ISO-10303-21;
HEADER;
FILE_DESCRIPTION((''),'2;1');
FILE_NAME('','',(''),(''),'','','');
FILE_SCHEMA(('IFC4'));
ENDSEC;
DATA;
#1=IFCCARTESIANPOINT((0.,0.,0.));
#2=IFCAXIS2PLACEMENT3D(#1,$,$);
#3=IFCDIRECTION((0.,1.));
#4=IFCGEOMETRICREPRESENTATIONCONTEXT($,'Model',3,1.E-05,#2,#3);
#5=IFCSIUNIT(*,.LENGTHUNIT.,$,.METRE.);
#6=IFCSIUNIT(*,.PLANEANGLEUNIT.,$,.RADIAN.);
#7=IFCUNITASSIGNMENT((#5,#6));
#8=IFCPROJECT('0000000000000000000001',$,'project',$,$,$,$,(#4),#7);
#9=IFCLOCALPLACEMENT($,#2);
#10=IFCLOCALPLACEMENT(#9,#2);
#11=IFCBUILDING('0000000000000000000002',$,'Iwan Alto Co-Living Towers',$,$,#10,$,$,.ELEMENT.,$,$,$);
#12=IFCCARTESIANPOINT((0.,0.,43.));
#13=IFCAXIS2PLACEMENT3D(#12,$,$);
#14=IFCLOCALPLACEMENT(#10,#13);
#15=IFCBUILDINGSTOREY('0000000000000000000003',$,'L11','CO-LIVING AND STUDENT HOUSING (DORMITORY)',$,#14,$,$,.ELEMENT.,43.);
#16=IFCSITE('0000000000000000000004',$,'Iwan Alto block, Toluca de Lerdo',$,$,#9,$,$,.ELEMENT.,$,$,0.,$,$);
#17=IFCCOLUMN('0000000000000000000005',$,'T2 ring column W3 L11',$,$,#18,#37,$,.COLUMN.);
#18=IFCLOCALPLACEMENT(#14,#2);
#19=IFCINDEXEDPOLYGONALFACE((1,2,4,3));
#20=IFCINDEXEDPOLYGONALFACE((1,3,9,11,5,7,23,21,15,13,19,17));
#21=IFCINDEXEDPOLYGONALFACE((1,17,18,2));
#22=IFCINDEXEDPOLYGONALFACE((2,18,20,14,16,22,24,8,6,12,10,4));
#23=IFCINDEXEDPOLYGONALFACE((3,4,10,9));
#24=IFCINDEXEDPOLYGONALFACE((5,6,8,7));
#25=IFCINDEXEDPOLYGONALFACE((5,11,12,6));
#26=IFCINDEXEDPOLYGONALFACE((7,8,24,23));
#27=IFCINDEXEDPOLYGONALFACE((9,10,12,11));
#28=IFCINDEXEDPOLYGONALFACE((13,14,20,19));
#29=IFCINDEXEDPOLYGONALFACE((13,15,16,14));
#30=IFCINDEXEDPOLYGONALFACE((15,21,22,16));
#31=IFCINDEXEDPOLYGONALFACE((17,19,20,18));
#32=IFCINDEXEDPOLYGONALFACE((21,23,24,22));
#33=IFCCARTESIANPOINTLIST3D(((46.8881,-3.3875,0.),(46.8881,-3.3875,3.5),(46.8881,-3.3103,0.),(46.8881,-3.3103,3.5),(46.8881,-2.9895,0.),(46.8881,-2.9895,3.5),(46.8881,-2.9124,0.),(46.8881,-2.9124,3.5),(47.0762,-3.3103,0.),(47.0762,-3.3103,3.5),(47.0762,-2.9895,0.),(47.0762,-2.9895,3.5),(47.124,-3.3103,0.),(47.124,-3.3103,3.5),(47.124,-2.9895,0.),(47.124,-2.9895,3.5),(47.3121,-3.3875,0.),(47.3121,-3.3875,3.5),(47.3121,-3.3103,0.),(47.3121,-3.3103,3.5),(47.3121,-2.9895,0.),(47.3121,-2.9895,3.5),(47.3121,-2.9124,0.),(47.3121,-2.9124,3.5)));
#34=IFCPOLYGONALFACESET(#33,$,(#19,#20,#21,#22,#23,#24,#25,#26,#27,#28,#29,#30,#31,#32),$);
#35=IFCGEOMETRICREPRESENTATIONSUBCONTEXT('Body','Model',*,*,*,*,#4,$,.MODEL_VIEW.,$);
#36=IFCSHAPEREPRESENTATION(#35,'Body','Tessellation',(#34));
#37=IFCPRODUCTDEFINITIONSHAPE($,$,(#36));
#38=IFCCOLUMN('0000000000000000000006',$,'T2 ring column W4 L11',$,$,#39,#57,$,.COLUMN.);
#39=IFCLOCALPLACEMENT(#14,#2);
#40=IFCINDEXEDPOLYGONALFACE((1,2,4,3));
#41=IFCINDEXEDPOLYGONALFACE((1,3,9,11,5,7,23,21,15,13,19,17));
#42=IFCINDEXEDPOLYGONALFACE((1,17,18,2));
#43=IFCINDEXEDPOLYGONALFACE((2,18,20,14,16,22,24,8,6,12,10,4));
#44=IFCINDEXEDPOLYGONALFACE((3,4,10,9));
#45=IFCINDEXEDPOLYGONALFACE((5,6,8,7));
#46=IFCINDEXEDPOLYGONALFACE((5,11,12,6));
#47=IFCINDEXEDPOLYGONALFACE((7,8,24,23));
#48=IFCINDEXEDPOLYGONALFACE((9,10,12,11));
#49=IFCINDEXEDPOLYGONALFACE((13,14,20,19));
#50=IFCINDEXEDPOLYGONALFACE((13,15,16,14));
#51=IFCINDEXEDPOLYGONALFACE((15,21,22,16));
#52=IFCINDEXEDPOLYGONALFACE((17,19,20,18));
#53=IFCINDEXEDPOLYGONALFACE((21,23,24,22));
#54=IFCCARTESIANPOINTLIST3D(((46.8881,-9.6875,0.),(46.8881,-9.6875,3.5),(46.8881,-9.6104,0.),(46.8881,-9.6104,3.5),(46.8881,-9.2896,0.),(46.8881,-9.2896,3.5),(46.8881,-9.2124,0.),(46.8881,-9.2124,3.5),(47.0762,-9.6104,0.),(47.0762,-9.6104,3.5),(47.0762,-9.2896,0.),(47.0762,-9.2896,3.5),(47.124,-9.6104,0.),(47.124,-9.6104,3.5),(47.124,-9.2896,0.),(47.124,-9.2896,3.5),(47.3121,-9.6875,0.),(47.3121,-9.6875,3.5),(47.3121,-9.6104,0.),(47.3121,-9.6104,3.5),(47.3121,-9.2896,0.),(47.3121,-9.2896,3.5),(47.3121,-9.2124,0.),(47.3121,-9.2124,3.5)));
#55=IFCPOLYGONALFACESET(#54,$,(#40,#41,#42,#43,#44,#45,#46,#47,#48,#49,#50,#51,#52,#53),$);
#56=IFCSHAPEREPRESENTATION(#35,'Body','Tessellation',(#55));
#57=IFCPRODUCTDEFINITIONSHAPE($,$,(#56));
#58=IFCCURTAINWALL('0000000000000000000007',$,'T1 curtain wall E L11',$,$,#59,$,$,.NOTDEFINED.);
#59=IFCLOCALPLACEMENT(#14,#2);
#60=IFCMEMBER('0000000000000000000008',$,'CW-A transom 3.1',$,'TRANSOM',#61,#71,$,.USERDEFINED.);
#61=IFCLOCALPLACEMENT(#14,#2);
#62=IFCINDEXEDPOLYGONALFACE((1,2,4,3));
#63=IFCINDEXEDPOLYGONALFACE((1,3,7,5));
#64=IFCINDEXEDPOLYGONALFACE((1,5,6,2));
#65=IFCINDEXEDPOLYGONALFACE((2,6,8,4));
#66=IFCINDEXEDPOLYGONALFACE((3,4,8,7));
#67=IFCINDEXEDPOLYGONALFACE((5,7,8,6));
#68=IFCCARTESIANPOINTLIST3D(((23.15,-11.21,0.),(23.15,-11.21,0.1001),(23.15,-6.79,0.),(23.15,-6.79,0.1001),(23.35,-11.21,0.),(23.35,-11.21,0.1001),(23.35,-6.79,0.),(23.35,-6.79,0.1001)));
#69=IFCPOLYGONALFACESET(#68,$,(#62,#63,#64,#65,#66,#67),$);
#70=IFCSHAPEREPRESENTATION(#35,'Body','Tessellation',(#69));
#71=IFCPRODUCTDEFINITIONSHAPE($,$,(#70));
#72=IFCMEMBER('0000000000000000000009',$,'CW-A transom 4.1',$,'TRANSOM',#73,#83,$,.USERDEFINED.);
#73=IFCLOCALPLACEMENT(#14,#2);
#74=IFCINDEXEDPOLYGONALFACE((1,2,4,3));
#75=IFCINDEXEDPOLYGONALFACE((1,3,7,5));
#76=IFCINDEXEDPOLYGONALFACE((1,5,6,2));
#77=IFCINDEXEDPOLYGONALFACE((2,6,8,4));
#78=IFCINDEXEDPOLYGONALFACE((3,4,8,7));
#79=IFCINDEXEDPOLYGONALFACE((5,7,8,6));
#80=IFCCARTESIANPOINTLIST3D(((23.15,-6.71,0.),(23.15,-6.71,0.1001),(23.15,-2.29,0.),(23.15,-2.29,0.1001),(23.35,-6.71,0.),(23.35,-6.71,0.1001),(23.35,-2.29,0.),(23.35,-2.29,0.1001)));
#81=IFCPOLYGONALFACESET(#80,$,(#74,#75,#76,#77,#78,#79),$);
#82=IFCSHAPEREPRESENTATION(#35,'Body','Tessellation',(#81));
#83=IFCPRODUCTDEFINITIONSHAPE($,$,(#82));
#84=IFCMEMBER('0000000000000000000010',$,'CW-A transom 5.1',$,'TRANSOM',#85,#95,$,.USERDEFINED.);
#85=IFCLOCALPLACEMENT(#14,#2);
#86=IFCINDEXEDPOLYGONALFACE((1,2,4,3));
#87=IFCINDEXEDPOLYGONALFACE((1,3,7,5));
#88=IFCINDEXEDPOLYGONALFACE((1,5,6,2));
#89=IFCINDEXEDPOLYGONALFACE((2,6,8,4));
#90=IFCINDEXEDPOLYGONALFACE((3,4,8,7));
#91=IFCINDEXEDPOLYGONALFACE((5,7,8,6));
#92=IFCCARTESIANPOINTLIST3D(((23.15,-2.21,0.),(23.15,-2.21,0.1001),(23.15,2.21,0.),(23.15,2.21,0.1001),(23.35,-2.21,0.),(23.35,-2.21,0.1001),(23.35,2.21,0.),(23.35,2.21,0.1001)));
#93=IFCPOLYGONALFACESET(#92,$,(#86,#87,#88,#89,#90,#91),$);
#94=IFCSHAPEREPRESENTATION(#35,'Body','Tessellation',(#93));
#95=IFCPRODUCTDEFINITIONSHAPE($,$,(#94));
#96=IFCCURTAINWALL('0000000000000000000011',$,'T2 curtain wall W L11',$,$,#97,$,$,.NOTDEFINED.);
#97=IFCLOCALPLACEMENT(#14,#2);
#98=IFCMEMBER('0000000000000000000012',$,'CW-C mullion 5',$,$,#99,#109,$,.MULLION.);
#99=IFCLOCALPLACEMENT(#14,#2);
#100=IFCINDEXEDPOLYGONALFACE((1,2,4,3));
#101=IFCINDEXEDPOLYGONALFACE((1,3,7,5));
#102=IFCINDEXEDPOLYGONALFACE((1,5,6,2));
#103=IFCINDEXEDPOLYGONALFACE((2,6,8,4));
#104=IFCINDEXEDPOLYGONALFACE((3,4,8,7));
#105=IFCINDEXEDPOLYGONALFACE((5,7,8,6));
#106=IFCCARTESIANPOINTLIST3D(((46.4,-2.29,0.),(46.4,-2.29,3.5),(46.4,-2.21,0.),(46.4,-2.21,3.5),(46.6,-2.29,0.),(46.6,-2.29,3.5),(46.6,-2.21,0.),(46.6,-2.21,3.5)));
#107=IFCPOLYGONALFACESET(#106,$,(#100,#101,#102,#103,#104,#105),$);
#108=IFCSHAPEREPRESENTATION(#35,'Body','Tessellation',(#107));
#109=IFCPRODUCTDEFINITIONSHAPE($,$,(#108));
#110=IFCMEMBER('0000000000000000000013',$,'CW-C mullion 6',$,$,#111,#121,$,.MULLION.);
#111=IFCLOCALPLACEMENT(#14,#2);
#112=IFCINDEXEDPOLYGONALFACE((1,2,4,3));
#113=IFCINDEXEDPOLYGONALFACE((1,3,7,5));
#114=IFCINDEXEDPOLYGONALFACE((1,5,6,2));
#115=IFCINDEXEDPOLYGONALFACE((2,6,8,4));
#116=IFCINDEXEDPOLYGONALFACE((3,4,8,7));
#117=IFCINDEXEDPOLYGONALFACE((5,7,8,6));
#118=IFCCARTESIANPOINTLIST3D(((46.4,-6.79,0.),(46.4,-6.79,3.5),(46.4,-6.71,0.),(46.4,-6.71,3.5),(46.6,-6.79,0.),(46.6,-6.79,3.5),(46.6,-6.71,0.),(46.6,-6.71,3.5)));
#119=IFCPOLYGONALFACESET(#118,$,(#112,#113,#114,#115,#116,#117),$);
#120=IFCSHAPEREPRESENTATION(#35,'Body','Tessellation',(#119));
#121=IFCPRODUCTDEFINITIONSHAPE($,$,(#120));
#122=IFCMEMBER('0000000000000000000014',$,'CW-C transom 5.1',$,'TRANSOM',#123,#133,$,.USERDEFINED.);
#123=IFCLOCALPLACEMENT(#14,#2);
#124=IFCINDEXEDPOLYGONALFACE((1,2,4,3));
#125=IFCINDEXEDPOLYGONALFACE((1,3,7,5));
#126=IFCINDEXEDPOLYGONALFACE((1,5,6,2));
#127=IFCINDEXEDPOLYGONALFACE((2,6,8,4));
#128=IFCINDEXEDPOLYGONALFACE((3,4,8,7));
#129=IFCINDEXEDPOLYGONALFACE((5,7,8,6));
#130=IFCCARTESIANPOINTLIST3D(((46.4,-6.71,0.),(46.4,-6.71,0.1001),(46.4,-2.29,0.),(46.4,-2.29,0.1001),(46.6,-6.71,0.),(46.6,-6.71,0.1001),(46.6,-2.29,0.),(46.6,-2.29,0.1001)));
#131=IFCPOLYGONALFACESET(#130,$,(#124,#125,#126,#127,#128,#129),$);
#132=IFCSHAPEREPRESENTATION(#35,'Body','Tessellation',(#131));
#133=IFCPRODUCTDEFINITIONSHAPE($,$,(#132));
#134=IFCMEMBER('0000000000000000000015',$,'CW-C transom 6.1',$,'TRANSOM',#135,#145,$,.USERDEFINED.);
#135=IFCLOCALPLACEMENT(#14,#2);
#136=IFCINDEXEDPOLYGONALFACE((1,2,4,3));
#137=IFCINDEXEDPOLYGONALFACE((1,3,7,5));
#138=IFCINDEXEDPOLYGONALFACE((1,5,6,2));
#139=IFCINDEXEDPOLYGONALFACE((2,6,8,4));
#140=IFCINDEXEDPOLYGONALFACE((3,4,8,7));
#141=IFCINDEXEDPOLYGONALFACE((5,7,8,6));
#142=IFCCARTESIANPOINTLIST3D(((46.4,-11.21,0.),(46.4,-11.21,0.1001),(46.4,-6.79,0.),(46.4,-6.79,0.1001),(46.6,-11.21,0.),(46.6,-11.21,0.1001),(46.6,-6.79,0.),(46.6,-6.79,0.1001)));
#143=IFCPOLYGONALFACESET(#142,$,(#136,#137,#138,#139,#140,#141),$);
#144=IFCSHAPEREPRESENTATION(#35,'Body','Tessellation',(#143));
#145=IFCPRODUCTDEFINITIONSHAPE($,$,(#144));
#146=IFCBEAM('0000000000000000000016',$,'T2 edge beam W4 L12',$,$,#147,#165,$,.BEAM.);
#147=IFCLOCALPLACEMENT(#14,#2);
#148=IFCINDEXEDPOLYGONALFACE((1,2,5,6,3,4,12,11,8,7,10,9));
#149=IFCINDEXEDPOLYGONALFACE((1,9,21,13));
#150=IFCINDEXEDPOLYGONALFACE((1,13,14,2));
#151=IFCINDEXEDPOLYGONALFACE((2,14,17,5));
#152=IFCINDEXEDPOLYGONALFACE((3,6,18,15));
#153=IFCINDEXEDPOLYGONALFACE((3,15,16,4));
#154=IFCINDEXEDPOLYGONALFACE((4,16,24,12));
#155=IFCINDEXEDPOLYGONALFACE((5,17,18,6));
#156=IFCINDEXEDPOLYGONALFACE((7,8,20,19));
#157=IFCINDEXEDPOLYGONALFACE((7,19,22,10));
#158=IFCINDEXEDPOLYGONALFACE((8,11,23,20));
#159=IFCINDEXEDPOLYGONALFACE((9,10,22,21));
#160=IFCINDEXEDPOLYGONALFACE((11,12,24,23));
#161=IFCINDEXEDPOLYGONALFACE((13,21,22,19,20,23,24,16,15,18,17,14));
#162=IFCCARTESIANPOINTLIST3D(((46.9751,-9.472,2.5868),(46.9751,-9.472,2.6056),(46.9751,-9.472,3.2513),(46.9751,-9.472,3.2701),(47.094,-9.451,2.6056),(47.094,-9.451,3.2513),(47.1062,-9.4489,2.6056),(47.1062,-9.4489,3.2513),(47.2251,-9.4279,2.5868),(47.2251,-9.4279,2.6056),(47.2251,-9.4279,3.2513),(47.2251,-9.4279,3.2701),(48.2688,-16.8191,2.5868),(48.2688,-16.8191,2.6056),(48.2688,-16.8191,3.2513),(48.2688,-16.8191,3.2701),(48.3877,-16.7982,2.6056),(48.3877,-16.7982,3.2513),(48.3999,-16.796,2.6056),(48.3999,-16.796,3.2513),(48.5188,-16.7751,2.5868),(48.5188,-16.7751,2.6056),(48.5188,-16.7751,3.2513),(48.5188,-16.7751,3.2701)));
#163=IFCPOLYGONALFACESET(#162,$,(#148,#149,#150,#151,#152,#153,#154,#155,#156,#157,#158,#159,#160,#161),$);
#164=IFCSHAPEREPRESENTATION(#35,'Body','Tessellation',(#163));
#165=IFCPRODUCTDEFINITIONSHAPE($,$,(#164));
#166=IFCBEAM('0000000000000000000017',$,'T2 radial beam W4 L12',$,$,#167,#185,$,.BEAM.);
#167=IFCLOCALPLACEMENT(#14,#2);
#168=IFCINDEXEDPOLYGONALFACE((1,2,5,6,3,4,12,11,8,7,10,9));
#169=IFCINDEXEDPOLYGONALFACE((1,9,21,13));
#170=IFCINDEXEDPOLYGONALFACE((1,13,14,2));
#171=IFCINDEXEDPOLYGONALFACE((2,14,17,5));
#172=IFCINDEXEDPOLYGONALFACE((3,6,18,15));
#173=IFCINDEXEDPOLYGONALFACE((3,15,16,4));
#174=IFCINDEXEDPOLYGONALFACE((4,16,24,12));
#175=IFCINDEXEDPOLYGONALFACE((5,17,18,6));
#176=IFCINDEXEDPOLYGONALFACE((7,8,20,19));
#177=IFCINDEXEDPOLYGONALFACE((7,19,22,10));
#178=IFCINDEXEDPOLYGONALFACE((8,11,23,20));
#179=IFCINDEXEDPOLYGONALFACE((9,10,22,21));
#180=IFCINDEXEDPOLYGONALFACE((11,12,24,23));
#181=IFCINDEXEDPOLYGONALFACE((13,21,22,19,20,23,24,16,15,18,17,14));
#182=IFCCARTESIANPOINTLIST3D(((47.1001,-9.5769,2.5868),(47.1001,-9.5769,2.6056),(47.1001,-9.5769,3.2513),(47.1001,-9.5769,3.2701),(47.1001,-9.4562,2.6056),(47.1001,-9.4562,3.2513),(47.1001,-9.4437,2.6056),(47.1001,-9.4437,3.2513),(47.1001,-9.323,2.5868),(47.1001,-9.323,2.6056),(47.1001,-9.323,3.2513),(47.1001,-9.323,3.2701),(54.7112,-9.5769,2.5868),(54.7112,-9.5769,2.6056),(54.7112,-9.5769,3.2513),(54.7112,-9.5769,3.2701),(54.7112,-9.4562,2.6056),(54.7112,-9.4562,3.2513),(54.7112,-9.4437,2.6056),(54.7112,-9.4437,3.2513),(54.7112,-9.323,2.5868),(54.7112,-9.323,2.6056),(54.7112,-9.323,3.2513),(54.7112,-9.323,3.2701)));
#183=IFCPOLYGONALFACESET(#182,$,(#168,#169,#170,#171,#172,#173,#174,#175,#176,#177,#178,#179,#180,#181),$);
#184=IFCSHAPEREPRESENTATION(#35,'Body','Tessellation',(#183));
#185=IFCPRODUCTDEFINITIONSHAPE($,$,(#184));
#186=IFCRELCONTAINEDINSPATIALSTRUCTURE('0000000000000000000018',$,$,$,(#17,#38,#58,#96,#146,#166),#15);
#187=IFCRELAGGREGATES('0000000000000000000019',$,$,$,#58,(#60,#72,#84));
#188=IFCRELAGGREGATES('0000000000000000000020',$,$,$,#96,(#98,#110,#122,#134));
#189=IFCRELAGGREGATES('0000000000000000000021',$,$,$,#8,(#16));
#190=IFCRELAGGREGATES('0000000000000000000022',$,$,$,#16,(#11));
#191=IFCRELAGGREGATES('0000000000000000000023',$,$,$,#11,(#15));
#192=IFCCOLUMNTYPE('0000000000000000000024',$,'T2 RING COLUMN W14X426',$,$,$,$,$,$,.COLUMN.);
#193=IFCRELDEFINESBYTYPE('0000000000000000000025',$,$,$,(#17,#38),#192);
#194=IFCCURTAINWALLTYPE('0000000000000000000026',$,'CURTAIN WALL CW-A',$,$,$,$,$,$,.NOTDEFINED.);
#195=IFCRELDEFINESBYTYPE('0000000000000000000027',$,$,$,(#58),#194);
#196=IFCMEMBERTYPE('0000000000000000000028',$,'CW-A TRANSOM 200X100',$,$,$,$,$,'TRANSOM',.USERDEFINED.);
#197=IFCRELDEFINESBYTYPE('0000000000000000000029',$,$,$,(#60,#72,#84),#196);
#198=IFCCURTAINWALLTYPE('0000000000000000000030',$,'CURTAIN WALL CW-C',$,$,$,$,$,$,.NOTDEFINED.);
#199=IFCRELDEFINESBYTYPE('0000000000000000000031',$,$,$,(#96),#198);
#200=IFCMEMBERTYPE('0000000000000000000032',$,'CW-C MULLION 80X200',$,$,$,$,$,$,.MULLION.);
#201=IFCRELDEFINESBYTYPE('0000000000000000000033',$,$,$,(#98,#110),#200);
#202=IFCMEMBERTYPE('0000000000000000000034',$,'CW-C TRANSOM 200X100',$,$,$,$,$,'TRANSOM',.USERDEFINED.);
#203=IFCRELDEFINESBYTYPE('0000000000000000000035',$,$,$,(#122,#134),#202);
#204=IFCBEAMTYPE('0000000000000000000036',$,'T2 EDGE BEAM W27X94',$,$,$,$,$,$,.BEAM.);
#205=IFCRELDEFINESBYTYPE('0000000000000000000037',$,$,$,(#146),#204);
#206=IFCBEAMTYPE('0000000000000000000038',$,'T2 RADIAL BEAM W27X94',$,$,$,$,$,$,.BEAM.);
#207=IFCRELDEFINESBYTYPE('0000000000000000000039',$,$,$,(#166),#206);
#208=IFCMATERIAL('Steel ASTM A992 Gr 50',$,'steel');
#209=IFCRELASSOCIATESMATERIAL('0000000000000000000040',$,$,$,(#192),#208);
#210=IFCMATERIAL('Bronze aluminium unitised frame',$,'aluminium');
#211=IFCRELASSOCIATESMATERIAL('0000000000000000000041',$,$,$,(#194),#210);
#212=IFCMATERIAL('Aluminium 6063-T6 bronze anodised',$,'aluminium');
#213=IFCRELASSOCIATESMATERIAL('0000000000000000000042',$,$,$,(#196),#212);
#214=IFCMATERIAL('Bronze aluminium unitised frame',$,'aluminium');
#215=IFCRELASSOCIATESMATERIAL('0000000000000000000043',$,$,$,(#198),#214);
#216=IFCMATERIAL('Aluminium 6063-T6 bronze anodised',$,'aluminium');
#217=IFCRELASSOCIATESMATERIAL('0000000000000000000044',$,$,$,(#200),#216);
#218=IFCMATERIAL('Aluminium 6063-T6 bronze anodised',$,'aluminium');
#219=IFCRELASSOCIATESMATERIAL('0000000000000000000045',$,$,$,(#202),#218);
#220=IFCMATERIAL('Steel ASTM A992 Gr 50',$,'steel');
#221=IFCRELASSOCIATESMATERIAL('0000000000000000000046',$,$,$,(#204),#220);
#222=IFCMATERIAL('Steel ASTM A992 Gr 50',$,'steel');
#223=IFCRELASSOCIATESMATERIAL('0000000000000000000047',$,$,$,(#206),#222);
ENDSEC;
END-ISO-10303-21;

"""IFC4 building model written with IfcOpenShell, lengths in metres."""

from ifc_helpers import new_model, si_unit, direction, frame, origin, origin_2d, place, context, subcontext, project, spatial, rectangle, i_section, extrude, material, material_profile, profile_set, type_object, element, aggregate, save


model = new_model("IFC4")

# Units and contexts
model_context = context("Model", 3, precision=1e-05, world=origin(), true_north=direction((0.0, 1.0)))
body_context = subcontext(model_context, "Body", "Model", "MODEL_VIEW")
ifc_project = project(units=[si_unit("LENGTHUNIT", "METRE"), si_unit("PLANEANGLEUNIT", "RADIAN")], contexts=[model_context])

# Site, building, storey
site_placement = place(None, origin())
site = spatial("IfcSite", under=ifc_project, at=site_placement, Name="Iwan Alto block, Toluca de Lerdo", CompositionType="ELEMENT", RefElevation=0.0)
building_placement = place(site_placement, origin())
building = spatial("IfcBuilding", under=site, at=building_placement, Name="Iwan Alto Co-Living Towers", CompositionType="ELEMENT")
storey_placement = place(building_placement, frame((0.0, 0.0, 43.0)))
storey = spatial("IfcBuildingStorey", under=building, at=storey_placement, Name="L11", Description="CO-LIVING AND STUDENT HOUSING (DORMITORY)", CompositionType="ELEMENT", Elevation=43.0)

# Columns
ifc_material_1 = material(Name="Steel ASTM A992 Gr 50", Category="steel")
ifc_material_profile_1 = material_profile(ifc_material_1, i_section(OverallWidth=0.4241, OverallDepth=0.4751, WebThickness=0.0479, FlangeThickness=0.0771, at=origin_2d()), Name="W14X426")
ifc_profile_set_1 = profile_set([ifc_material_profile_1], Name="Steel ASTM A992 Gr 50")
column_type = type_object("IfcColumnType", Name="T2 RING COLUMN W14X426", PredefinedType="COLUMN", material=ifc_profile_set_1)
for number, where, z_axis, x_axis, name in (
    (1, (47.1001, -3.1499, 0.0), (0.0, 0.0, 1.0), (1.0, 0.0, 0.0), "T2 ring column W3 L11"),
    (2, (47.1001, -9.45, 0.0), (0.0, 0.0, 1.0), (1.0, 0.0, 0.0), "T2 ring column W4 L11"),
):
    element("IfcColumn", number, at=place(storey_placement, frame(where, z_axis=z_axis, x_axis=x_axis)), inside=storey, type_object=column_type, Name=name, PredefinedType="COLUMN", context=body_context, shape_type="SweptSolid", body=[
        extrude(i_section(OverallWidth=0.4241, OverallDepth=0.4751, WebThickness=0.0479, FlangeThickness=0.0771, at=origin_2d()), origin(), (0.0, 0.0, 1.0), 3.5),
    ])

# Curtain walls, members
ifc_material_2 = material(Name="Bronze aluminium unitised frame", Category="aluminium")
curtain_wall_type_1 = type_object("IfcCurtainWallType", Name="CURTAIN WALL CW-A", PredefinedType="NOTDEFINED", material=ifc_material_2)
curtain_wall_1_placement = place(storey_placement, origin())
curtain_wall_1 = element("IfcCurtainWall", 3, at=curtain_wall_1_placement, inside=storey, type_object=curtain_wall_type_1, Name="T1 curtain wall E L11", PredefinedType="NOTDEFINED")
ifc_material_3 = material(Name="Aluminium 6063-T6 bronze anodised", Category="aluminium")
ifc_material_profile_2 = material_profile(ifc_material_3, rectangle(XDim=0.2, YDim=0.1001, at=origin_2d()), Name="AL 200X100")
ifc_profile_set_2 = profile_set([ifc_material_profile_2], Name="Aluminium 6063-T6 bronze anodised")
member_type_1 = type_object("IfcMemberType", Name="CW-A TRANSOM 200X100", ElementType="TRANSOM", PredefinedType="USERDEFINED", material=ifc_profile_set_2)
member_1_placement = place(storey_placement, frame((23.25, -11.21, 0.05), z_axis=(0.0, 1.0, 0.0), x_axis=(-1.0, 0.0, 0.0)))
member_1 = element("IfcMember", 4, at=member_1_placement, type_object=member_type_1, Name="CW-A transom 3.1", ObjectType="TRANSOM", PredefinedType="USERDEFINED", context=body_context, shape_type="SweptSolid", body=[
    extrude(rectangle(XDim=0.2, YDim=0.1001, at=origin_2d()), origin(), (0.0, 0.0, 1.0), 4.4199),
])
member_2_placement = place(storey_placement, frame((23.25, -6.71, 0.05), z_axis=(0.0, 1.0, 0.0), x_axis=(-1.0, 0.0, 0.0)))
member_2 = element("IfcMember", 5, at=member_2_placement, type_object=member_type_1, Name="CW-A transom 4.1", ObjectType="TRANSOM", PredefinedType="USERDEFINED", context=body_context, shape_type="SweptSolid", body=[
    extrude(rectangle(XDim=0.2, YDim=0.1001, at=origin_2d()), origin(), (0.0, 0.0, 1.0), 4.4199),
])
member_3_placement = place(storey_placement, frame((23.25, -2.21, 0.05), z_axis=(0.0, 1.0, 0.0), x_axis=(-1.0, 0.0, 0.0)))
member_3 = element("IfcMember", 6, at=member_3_placement, type_object=member_type_1, Name="CW-A transom 5.1", ObjectType="TRANSOM", PredefinedType="USERDEFINED", context=body_context, shape_type="SweptSolid", body=[
    extrude(rectangle(XDim=0.2, YDim=0.1001, at=origin_2d()), origin(), (0.0, 0.0, 1.0), 4.4199),
])
ifc_material_4 = material(Name="Bronze aluminium unitised frame", Category="aluminium")
curtain_wall_type_2 = type_object("IfcCurtainWallType", Name="CURTAIN WALL CW-C", PredefinedType="NOTDEFINED", material=ifc_material_4)
curtain_wall_2_placement = place(storey_placement, origin())
curtain_wall_2 = element("IfcCurtainWall", 7, at=curtain_wall_2_placement, inside=storey, type_object=curtain_wall_type_2, Name="T2 curtain wall W L11", PredefinedType="NOTDEFINED")
ifc_material_5 = material(Name="Aluminium 6063-T6 bronze anodised", Category="aluminium")
ifc_material_profile_3 = material_profile(ifc_material_5, rectangle(XDim=0.2, YDim=0.0801, at=origin_2d()), Name="AL 80X200")
ifc_profile_set_3 = profile_set([ifc_material_profile_3], Name="Aluminium 6063-T6 bronze anodised")
member_type_2 = type_object("IfcMemberType", Name="CW-C MULLION 80X200", PredefinedType="MULLION", material=ifc_profile_set_3)
member_4_placement = place(storey_placement, frame((46.5, -2.25, 0.0), z_axis=(0.0, 0.0, 1.0), x_axis=(1.0, 0.0, 0.0)))
member_4 = element("IfcMember", 8, at=member_4_placement, type_object=member_type_2, Name="CW-C mullion 5", PredefinedType="MULLION", context=body_context, shape_type="SweptSolid", body=[
    extrude(rectangle(XDim=0.2, YDim=0.0801, at=origin_2d()), origin(), (0.0, 0.0, 1.0), 3.5),
])
member_5_placement = place(storey_placement, frame((46.5, -6.75, 0.0), z_axis=(0.0, 0.0, 1.0), x_axis=(1.0, 0.0, 0.0)))
member_5 = element("IfcMember", 9, at=member_5_placement, type_object=member_type_2, Name="CW-C mullion 6", PredefinedType="MULLION", context=body_context, shape_type="SweptSolid", body=[
    extrude(rectangle(XDim=0.2, YDim=0.0801, at=origin_2d()), origin(), (0.0, 0.0, 1.0), 3.5),
])
ifc_material_6 = material(Name="Aluminium 6063-T6 bronze anodised", Category="aluminium")
ifc_material_profile_4 = material_profile(ifc_material_6, rectangle(XDim=0.2, YDim=0.1001, at=origin_2d()), Name="AL 200X100")
ifc_profile_set_4 = profile_set([ifc_material_profile_4], Name="Aluminium 6063-T6 bronze anodised")
member_type_3 = type_object("IfcMemberType", Name="CW-C TRANSOM 200X100", ElementType="TRANSOM", PredefinedType="USERDEFINED", material=ifc_profile_set_4)
member_6_placement = place(storey_placement, frame((46.5, -2.29, 0.05), z_axis=(0.0, -1.0, 0.0), x_axis=(1.0, 0.0, 0.0)))
member_6 = element("IfcMember", 10, at=member_6_placement, type_object=member_type_3, Name="CW-C transom 5.1", ObjectType="TRANSOM", PredefinedType="USERDEFINED", context=body_context, shape_type="SweptSolid", body=[
    extrude(rectangle(XDim=0.2, YDim=0.1001, at=origin_2d()), origin(), (0.0, 0.0, 1.0), 4.4199),
])
member_7_placement = place(storey_placement, frame((46.5, -6.79, 0.05), z_axis=(0.0, -1.0, 0.0), x_axis=(1.0, 0.0, 0.0)))
member_7 = element("IfcMember", 11, at=member_7_placement, type_object=member_type_3, Name="CW-C transom 6.1", ObjectType="TRANSOM", PredefinedType="USERDEFINED", context=body_context, shape_type="SweptSolid", body=[
    extrude(rectangle(XDim=0.2, YDim=0.1001, at=origin_2d()), origin(), (0.0, 0.0, 1.0), 4.4199),
])

# Beams
ifc_material_7 = material(Name="Steel ASTM A992 Gr 50", Category="steel")
ifc_material_profile_5 = material_profile(ifc_material_7, i_section(OverallWidth=0.2539, OverallDepth=0.6833, WebThickness=0.0125, FlangeThickness=0.0188, at=origin_2d()), Name="W27X94")
ifc_profile_set_5 = profile_set([ifc_material_profile_5], Name="Steel ASTM A992 Gr 50")
beam_type_1 = type_object("IfcBeamType", Name="T2 EDGE BEAM W27X94", PredefinedType="BEAM", material=ifc_profile_set_5)
beam_1_placement = place(storey_placement, frame((47.1001, -9.45, 2.9285), z_axis=(0.173414, -0.984849, 0.0), x_axis=(0.984849, 0.173414, 0.0)))
element("IfcBeam", 12, at=beam_1_placement, inside=storey, type_object=beam_type_1, Name="T2 edge beam W4 L12", PredefinedType="BEAM", context=body_context, shape_type="SweptSolid", body=[
    extrude(i_section(OverallWidth=0.2539, OverallDepth=0.6833, WebThickness=0.0125, FlangeThickness=0.0188, at=origin_2d()), origin(), (0.0, 0.0, 1.0), 7.4602),
])
ifc_material_8 = material(Name="Steel ASTM A992 Gr 50", Category="steel")
ifc_material_profile_6 = material_profile(ifc_material_8, i_section(OverallWidth=0.2539, OverallDepth=0.6833, WebThickness=0.0125, FlangeThickness=0.0188, at=origin_2d()), Name="W27X94")
ifc_profile_set_6 = profile_set([ifc_material_profile_6], Name="Steel ASTM A992 Gr 50")
beam_type_2 = type_object("IfcBeamType", Name="T2 RADIAL BEAM W27X94", PredefinedType="BEAM", material=ifc_profile_set_6)
beam_2_placement = place(storey_placement, frame((47.1001, -9.45, 2.9285), z_axis=(1.0, 0.0, 0.0), x_axis=(0.0, 1.0, 0.0)))
element("IfcBeam", 13, at=beam_2_placement, inside=storey, type_object=beam_type_2, Name="T2 radial beam W4 L12", PredefinedType="BEAM", context=body_context, shape_type="SweptSolid", body=[
    extrude(i_section(OverallWidth=0.2539, OverallDepth=0.6833, WebThickness=0.0125, FlangeThickness=0.0188, at=origin_2d()), origin(), (0.0, 0.0, 1.0), 7.6111),
])

aggregate(curtain_wall_1, [member_1, member_2, member_3])
aggregate(curtain_wall_2, [member_4, member_5, member_6, member_7])

save(model, "model.ifc")
